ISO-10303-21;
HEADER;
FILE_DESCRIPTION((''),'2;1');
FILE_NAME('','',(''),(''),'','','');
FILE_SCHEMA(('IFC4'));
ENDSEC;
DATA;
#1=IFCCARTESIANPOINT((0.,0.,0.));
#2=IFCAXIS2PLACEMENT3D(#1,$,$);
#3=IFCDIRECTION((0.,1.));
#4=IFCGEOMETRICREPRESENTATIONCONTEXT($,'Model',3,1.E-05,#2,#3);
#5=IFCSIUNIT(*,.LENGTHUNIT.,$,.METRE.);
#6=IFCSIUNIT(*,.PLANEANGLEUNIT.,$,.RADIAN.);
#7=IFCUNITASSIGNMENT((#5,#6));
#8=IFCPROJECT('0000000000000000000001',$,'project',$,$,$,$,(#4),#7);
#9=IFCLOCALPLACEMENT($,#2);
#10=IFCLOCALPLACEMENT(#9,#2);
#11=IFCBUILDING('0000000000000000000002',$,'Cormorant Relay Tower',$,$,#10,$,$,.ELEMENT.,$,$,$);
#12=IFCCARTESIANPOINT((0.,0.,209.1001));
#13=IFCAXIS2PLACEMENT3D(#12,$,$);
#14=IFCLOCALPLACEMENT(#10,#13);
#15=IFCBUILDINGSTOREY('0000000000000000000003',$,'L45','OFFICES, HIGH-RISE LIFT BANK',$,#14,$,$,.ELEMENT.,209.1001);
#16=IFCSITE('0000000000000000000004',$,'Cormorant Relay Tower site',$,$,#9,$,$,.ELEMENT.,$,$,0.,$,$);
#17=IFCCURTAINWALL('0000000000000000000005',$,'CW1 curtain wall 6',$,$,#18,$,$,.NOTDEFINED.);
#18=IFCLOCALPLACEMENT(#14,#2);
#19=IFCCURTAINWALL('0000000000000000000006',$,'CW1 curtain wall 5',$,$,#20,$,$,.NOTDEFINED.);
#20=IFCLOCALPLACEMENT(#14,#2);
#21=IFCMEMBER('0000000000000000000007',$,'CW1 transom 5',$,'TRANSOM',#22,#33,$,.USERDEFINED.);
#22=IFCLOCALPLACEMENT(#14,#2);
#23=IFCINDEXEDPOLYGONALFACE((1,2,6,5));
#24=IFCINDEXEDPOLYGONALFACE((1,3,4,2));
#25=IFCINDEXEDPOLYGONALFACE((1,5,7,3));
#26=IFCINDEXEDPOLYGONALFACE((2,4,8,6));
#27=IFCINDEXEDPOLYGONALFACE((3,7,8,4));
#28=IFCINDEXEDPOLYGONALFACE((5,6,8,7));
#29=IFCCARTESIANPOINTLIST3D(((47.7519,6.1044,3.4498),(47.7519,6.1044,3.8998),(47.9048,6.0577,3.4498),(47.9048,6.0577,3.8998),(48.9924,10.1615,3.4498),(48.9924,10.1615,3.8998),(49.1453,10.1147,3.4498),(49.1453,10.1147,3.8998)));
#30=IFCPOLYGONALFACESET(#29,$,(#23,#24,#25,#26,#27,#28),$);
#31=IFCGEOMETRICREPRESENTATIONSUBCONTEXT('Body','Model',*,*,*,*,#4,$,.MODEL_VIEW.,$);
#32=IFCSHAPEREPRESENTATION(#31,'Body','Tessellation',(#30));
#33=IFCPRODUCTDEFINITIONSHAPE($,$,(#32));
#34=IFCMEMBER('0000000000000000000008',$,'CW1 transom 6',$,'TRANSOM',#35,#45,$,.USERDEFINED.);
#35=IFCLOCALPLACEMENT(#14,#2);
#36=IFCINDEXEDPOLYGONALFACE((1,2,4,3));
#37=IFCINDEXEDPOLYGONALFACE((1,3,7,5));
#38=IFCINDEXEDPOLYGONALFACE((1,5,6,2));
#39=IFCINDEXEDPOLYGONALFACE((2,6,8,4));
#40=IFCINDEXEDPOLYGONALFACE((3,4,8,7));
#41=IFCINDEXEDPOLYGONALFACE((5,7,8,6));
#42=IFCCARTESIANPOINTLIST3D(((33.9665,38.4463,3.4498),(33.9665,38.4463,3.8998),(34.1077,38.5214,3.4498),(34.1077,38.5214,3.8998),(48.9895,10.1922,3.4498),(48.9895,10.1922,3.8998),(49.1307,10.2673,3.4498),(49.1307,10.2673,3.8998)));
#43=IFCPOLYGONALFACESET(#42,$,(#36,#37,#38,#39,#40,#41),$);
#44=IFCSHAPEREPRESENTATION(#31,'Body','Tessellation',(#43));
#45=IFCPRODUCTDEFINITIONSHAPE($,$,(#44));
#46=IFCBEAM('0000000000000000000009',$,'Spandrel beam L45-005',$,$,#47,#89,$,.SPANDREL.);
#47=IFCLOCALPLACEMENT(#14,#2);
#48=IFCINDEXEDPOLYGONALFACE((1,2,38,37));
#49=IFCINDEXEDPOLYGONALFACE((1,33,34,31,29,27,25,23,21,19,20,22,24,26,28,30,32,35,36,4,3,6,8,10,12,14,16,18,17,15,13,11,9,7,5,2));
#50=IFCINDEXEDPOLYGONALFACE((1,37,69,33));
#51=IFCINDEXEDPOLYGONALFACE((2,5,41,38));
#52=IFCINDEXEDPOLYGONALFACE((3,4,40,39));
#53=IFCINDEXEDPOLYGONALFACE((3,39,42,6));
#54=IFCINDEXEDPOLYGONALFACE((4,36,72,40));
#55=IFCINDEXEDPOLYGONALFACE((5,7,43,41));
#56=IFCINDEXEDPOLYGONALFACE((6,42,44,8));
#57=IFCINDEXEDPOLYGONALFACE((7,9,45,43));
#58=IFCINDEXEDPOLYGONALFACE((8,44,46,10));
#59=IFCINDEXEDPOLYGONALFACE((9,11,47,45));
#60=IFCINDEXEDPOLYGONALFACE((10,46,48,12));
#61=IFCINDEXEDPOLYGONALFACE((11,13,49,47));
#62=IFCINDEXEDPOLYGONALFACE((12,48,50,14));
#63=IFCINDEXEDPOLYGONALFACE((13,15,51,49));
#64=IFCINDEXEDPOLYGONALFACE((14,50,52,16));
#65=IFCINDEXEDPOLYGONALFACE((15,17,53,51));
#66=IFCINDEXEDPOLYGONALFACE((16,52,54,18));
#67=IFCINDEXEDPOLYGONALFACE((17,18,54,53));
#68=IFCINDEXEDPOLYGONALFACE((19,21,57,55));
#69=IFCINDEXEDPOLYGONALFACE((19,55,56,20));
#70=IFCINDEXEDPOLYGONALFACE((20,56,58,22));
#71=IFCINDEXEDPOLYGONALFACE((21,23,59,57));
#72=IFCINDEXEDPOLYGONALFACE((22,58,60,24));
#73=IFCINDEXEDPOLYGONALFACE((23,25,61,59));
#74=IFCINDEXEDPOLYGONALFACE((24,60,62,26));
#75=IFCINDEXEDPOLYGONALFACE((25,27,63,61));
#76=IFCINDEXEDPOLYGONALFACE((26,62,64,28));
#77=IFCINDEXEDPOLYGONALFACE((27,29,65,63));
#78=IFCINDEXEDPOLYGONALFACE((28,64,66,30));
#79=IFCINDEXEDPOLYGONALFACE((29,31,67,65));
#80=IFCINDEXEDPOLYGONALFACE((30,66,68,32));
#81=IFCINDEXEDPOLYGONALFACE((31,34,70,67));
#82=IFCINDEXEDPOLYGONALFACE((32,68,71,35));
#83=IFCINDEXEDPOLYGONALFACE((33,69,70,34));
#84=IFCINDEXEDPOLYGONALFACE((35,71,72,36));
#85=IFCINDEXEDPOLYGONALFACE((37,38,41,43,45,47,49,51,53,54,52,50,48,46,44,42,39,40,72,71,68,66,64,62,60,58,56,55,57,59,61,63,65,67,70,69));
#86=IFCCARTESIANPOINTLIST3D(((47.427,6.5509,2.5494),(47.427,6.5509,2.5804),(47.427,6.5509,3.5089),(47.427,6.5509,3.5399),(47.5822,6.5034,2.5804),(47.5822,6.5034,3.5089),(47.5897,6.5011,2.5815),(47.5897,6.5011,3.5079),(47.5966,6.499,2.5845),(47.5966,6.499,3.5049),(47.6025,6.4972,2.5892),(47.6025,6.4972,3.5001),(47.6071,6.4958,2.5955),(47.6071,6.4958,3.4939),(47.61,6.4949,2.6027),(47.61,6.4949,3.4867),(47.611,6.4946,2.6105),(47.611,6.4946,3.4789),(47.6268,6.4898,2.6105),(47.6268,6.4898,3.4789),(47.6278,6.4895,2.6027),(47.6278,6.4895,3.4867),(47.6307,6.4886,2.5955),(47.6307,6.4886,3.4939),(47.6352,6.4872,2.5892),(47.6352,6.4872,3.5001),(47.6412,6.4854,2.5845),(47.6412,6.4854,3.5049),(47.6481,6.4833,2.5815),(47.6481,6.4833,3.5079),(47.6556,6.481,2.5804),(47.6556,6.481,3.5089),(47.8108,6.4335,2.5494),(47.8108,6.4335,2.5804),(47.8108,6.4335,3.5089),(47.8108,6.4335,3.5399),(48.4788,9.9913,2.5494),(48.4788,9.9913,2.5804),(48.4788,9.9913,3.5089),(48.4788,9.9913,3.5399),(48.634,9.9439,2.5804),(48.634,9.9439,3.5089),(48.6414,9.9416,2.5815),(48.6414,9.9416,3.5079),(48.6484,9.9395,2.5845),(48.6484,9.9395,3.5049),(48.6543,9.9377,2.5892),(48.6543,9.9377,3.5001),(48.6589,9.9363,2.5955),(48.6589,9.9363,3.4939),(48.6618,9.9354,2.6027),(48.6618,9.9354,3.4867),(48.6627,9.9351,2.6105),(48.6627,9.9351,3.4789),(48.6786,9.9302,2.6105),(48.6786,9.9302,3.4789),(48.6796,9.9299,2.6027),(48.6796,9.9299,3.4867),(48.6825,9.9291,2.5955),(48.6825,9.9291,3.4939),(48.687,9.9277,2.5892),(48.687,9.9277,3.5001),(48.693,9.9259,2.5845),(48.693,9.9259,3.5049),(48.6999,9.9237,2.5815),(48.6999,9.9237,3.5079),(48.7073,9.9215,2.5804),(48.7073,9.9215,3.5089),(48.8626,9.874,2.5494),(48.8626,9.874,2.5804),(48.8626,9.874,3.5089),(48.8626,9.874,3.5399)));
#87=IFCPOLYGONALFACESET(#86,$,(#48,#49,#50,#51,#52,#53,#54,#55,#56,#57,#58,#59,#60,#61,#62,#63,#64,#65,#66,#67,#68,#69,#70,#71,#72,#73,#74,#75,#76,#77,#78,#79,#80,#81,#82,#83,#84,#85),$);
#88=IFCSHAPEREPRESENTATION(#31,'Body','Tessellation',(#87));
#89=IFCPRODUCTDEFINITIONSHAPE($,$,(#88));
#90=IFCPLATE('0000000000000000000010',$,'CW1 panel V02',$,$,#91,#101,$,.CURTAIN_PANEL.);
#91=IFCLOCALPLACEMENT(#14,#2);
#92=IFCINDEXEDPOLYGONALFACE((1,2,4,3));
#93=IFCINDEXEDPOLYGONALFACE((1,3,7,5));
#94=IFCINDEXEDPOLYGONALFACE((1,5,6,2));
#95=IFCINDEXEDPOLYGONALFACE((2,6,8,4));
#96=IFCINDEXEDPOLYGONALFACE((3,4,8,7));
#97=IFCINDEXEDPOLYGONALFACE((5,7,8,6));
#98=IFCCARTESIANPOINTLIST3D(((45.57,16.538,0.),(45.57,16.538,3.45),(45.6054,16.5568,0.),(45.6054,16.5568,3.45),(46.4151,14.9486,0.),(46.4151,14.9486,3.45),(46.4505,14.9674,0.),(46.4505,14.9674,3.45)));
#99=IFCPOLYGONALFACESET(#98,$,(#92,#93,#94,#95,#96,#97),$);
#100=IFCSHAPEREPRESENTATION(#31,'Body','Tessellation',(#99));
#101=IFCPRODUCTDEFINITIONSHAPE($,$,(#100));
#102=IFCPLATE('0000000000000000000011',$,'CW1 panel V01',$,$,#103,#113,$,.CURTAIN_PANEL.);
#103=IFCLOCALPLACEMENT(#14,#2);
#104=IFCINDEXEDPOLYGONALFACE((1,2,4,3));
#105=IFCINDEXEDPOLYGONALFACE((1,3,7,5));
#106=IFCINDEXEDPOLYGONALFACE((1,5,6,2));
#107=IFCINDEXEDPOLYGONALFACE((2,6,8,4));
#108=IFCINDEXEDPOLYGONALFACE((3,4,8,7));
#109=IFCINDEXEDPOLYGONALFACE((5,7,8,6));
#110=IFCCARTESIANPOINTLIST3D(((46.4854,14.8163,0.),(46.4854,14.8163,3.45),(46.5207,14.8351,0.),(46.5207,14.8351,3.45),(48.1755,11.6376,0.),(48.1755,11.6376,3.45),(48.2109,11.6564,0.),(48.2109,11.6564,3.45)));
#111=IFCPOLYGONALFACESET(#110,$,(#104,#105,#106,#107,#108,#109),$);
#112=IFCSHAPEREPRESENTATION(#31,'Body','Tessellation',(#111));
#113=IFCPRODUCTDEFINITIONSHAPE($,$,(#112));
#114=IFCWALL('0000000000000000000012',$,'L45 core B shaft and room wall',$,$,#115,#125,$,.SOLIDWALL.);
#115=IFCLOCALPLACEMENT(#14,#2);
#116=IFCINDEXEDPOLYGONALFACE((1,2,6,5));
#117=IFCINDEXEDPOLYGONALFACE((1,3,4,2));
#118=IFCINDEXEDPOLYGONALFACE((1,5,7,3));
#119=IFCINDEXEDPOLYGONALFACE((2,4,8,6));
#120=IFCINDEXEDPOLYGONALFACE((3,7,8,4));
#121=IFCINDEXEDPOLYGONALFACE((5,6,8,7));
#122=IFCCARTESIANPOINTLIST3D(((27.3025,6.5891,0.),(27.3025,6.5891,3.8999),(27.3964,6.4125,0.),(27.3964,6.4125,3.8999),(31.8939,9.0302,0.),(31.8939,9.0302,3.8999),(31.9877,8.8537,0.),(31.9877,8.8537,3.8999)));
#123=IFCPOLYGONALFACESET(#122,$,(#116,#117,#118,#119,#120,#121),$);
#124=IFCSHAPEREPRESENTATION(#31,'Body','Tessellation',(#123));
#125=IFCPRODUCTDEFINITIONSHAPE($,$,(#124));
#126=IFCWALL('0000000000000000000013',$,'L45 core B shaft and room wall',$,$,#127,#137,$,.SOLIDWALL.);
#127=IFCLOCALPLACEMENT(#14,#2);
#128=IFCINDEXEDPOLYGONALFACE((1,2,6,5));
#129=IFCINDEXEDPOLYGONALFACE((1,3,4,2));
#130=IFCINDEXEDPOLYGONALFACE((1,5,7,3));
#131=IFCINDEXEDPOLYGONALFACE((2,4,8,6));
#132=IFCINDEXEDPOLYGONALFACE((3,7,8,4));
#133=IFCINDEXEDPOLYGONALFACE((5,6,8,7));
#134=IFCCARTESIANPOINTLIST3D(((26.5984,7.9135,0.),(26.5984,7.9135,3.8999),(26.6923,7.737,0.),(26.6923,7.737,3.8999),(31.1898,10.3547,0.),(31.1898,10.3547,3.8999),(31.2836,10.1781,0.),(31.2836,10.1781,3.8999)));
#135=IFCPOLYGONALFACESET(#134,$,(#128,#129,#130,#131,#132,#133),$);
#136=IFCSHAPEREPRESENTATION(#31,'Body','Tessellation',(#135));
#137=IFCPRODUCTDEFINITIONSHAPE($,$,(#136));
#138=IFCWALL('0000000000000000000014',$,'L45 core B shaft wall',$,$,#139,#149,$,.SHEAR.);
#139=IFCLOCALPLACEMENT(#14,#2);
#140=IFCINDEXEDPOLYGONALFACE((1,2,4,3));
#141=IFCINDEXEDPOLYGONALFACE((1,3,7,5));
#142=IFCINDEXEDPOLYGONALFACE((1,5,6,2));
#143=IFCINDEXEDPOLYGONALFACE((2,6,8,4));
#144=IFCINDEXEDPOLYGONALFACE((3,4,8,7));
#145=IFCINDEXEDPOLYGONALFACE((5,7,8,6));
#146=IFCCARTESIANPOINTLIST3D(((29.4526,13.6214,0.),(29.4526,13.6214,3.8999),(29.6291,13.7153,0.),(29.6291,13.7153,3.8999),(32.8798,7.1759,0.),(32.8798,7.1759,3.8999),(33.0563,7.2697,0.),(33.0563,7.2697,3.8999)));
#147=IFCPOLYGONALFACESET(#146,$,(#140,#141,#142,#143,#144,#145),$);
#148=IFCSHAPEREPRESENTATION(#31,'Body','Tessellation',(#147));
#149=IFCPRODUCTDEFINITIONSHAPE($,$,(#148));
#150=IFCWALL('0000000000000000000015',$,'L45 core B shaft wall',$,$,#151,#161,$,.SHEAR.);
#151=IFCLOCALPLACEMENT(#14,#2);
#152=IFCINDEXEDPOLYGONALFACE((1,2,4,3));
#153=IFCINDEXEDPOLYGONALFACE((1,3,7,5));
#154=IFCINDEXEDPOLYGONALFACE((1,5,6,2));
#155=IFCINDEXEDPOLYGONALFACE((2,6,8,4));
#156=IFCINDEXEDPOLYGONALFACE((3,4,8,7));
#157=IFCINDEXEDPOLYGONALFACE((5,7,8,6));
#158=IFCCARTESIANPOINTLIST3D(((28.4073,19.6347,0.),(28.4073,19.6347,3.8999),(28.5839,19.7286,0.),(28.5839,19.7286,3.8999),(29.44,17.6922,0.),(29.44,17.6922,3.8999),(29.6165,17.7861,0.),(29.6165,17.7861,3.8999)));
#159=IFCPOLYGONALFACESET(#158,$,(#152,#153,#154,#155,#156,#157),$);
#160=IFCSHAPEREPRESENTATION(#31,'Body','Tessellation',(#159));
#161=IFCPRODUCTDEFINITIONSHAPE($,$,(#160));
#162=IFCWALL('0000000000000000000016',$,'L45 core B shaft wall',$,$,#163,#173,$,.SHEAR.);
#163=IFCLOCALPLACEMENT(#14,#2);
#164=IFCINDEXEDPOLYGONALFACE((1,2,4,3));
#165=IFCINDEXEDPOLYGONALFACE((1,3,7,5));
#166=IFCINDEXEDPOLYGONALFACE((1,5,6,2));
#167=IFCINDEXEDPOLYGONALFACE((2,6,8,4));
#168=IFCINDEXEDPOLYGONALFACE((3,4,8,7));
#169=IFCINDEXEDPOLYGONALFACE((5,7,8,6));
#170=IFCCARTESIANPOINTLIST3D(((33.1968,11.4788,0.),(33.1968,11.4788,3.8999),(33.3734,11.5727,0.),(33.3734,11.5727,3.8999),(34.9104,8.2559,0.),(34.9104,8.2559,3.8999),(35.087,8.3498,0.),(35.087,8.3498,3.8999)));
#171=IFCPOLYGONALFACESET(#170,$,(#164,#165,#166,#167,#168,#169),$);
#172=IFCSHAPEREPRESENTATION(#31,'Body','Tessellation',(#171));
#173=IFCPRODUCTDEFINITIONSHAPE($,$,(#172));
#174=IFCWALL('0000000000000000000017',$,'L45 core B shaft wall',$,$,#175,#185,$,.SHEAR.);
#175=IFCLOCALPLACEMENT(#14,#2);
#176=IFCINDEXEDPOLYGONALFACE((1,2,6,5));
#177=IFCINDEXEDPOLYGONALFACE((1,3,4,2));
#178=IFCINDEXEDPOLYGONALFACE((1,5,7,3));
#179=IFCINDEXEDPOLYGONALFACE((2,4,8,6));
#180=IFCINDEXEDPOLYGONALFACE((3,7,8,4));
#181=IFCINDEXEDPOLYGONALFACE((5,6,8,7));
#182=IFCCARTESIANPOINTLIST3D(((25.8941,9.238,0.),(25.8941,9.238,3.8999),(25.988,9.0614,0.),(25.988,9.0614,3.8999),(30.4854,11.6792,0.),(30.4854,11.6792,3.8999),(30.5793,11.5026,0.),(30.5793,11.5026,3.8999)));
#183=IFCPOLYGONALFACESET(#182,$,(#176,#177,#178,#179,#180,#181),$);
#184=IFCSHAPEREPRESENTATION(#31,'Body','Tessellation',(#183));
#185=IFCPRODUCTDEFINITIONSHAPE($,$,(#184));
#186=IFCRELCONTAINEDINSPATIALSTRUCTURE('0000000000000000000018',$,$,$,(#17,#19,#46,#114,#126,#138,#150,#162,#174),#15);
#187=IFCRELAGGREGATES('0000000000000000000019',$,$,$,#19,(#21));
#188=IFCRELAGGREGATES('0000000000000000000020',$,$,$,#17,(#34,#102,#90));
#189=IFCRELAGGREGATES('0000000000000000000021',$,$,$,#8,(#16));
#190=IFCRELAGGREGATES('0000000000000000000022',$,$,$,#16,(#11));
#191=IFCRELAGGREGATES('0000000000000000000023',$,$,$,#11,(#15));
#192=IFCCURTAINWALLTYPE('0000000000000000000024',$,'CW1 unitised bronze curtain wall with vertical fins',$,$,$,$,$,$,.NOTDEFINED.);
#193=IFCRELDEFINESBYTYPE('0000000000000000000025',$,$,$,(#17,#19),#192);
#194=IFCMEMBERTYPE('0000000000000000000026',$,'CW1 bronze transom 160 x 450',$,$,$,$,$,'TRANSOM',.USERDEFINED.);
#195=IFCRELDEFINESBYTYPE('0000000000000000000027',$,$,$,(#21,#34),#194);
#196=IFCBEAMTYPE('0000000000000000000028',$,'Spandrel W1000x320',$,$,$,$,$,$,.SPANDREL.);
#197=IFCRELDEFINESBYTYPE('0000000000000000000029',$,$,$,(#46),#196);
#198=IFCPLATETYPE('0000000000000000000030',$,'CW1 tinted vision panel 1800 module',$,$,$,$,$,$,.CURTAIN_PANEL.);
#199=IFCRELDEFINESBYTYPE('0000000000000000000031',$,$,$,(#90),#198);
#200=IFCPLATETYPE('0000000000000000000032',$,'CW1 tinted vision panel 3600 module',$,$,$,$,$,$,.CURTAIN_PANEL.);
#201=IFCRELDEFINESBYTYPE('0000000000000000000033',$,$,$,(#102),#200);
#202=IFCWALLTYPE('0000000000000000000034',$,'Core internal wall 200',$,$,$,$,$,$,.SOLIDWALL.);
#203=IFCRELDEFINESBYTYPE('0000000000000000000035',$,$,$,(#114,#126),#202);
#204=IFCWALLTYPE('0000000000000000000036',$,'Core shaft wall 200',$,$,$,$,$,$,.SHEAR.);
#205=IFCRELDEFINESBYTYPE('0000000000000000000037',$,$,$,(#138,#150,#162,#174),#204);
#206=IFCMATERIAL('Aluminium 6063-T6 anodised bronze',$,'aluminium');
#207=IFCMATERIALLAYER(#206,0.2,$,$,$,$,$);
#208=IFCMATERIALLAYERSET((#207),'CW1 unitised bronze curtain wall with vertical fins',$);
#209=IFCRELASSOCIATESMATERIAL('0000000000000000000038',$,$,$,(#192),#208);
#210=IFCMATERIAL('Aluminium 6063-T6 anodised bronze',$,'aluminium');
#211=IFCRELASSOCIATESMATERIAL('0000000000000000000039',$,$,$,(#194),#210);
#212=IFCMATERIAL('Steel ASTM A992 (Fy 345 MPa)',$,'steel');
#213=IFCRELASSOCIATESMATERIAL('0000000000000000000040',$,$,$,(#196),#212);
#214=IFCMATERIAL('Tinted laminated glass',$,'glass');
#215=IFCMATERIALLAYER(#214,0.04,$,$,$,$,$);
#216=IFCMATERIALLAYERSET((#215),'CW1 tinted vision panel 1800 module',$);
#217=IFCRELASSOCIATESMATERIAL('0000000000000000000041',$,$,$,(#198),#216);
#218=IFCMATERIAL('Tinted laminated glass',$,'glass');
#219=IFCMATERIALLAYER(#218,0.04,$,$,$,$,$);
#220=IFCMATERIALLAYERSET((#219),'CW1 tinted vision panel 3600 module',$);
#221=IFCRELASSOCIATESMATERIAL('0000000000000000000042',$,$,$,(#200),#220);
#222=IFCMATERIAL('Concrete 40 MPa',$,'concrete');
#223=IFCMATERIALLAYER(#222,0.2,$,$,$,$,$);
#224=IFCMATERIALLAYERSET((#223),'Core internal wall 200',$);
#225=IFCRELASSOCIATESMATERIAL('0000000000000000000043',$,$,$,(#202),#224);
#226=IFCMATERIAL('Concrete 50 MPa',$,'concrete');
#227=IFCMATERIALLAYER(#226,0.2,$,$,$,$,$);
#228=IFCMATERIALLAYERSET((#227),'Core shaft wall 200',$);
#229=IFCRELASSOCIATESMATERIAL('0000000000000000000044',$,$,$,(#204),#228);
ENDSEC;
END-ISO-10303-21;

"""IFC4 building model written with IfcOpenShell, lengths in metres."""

from ifc_helpers import new_model, si_unit, direction, frame, frame_2d, origin, origin_2d, place, context, subcontext, project, spatial, rectangle, i_section, extrude, material, layer, layer_set, material_profile, profile_set, type_object, element, aggregate, save


model = new_model("IFC4")

# Units and contexts
model_context = context("Model", 3, precision=1e-05, world=origin(), true_north=direction((0.0, 1.0)))
body_context = subcontext(model_context, "Body", "Model", "MODEL_VIEW")
ifc_project = project(units=[si_unit("LENGTHUNIT", "METRE"), si_unit("PLANEANGLEUNIT", "RADIAN")], contexts=[model_context])

# Site, building, storey
site_placement = place(None, origin())
site = spatial("IfcSite", under=ifc_project, at=site_placement, Name="Cormorant Relay Tower site", CompositionType="ELEMENT", RefElevation=0.0)
building_placement = place(site_placement, origin())
building = spatial("IfcBuilding", under=site, at=building_placement, Name="Cormorant Relay Tower", CompositionType="ELEMENT")
storey_placement = place(building_placement, frame((0.0, 0.0, 209.1001)))
storey = spatial("IfcBuildingStorey", under=building, at=storey_placement, Name="L45", Description="OFFICES, HIGH-RISE LIFT BANK", CompositionType="ELEMENT", Elevation=209.1001)

# Curtain wall
ifc_material_1 = material(Name="Aluminium 6063-T6 anodised bronze", Category="aluminium")
ifc_layer_1 = layer(ifc_material_1, 0.2)
ifc_layer_set_1 = layer_set([ifc_layer_1], Name="CW1 unitised bronze curtain wall with vertical fins")
curtain_wall_type = type_object("IfcCurtainWallType", Name="CW1 unitised bronze curtain wall with vertical fins", PredefinedType="NOTDEFINED", material=ifc_layer_set_1)
curtain_wall_1_placement = place(storey_placement, origin())
curtain_wall_1 = element("IfcCurtainWall", 1, at=curtain_wall_1_placement, inside=storey, type_object=curtain_wall_type, Name="CW1 curtain wall 6", PredefinedType="NOTDEFINED")

# Curtain wall, member
curtain_wall_2_placement = place(storey_placement, origin())
curtain_wall_2 = element("IfcCurtainWall", 2, at=curtain_wall_2_placement, inside=storey, type_object=curtain_wall_type, Name="CW1 curtain wall 5", PredefinedType="NOTDEFINED")
ifc_material_2 = material(Name="Aluminium 6063-T6 anodised bronze", Category="aluminium")
ifc_material_profile_1 = material_profile(ifc_material_2, rectangle(XDim=0.1599, YDim=0.45, at=origin_2d()), Name="AL 160x450")
ifc_profile_set_1 = profile_set([ifc_material_profile_1], Name="Aluminium 6063-T6 anodised bronze")
member_type_1 = type_object("IfcMemberType", Name="CW1 bronze transom 160 x 450", ElementType="TRANSOM", PredefinedType="USERDEFINED", material=ifc_profile_set_1)
member_1_placement = place(storey_placement, frame((47.8284, 6.0811, 3.6748), z_axis=(0.292391, 0.956299, 0.0), x_axis=(-0.956299, 0.292391, 0.0)))
member_1 = element("IfcMember", 3, at=member_1_placement, type_object=member_type_1, Name="CW1 transom 5", ObjectType="TRANSOM", PredefinedType="USERDEFINED", context=body_context, shape_type="SweptSolid", body=[
    extrude(rectangle(XDim=0.1599, YDim=0.45, at=origin_2d()), origin(), (0.0, 0.0, 1.0), 4.2424),
])

# Member
member_2_placement = place(storey_placement, frame((49.0601, 10.2297, 3.6748), z_axis=(-0.46947, 0.882948, 0.0), x_axis=(-0.882948, -0.46947, 0.0)))
member_2 = element("IfcMember", 4, at=member_2_placement, type_object=member_type_1, Name="CW1 transom 6", ObjectType="TRANSOM", PredefinedType="USERDEFINED", context=body_context, shape_type="SweptSolid", body=[
    extrude(rectangle(XDim=0.1599, YDim=0.45, at=origin_2d()), origin(), (0.0, 0.0, 1.0), 31.9998),
])

# Beam
ifc_material_3 = material(Name="Steel ASTM A992 (Fy 345 MPa)", Category="steel")
ifc_material_profile_2 = material_profile(ifc_material_3, i_section(OverallWidth=0.4014, OverallDepth=0.9905, WebThickness=0.0166, FlangeThickness=0.031, FilletRadius=0.03, at=origin_2d()), Name="W1000x320")
ifc_profile_set_2 = profile_set([ifc_material_profile_2], Name="Steel ASTM A992 (Fy 345 MPa)")
beam_type = type_object("IfcBeamType", Name="Spandrel W1000x320", PredefinedType="SPANDREL", material=ifc_profile_set_2)
beam_placement = place(storey_placement, frame((47.6189, 6.4922, 3.0447), z_axis=(0.29235, 0.956312, 0.0), x_axis=(-0.956312, 0.29235, 0.0)))
element("IfcBeam", 5, at=beam_placement, inside=storey, type_object=beam_type, Name="Spandrel beam L45-005", PredefinedType="SPANDREL", context=body_context, shape_type="SweptSolid", body=[
    extrude(i_section(OverallWidth=0.4014, OverallDepth=0.9905, WebThickness=0.0166, FlangeThickness=0.031, FilletRadius=0.03, at=origin_2d()), origin(), (0.0, 0.0, 1.0), 3.5977),
])

# Plates
ifc_material_4 = material(Name="Tinted laminated glass", Category="glass")
ifc_layer_2 = layer(ifc_material_4, 0.04)
ifc_layer_set_2 = layer_set([ifc_layer_2], Name="CW1 tinted vision panel 1800 module")
plate_type_1 = type_object("IfcPlateType", Name="CW1 tinted vision panel 1800 module", PredefinedType="CURTAIN_PANEL", material=ifc_layer_set_2)
plate_1_placement = place(storey_placement, frame((46.0103, 15.7527, 0.0), z_axis=(0.0, 0.0, 1.0), x_axis=(-0.469472, 0.882948, 0.0)))
plate_1 = element("IfcPlate", 6, at=plate_1_placement, type_object=plate_type_1, Name="CW1 panel V02", PredefinedType="CURTAIN_PANEL", context=body_context, shape_type="SweptSolid", body=[
    extrude(rectangle(XDim=1.8, YDim=0.04, at=origin_2d()), origin(), (0.0, 0.0, 1.0), 3.45),
])
ifc_material_5 = material(Name="Tinted laminated glass", Category="glass")
ifc_layer_3 = layer(ifc_material_5, 0.04)
ifc_layer_set_3 = layer_set([ifc_layer_3], Name="CW1 tinted vision panel 3600 module")
plate_type_2 = type_object("IfcPlateType", Name="CW1 tinted vision panel 3600 module", PredefinedType="CURTAIN_PANEL", material=ifc_layer_set_3)
plate_2_placement = place(storey_placement, frame((47.3481, 13.2363, 0.0), z_axis=(0.0, 0.0, 1.0), x_axis=(-0.469472, 0.882948, 0.0)))
plate_2 = element("IfcPlate", 7, at=plate_2_placement, type_object=plate_type_2, Name="CW1 panel V01", PredefinedType="CURTAIN_PANEL", context=body_context, shape_type="SweptSolid", body=[
    extrude(rectangle(XDim=3.6001, YDim=0.04, at=origin_2d()), origin(), (0.0, 0.0, 1.0), 3.45),
])

# Walls
ifc_material_6 = material(Name="Concrete 40 MPa", Category="concrete")
ifc_layer_4 = layer(ifc_material_6, 0.2)
ifc_layer_set_4 = layer_set([ifc_layer_4], Name="Core internal wall 200")
wall_type_1 = type_object("IfcWallType", Name="Core internal wall 200", PredefinedType="SOLIDWALL", material=ifc_layer_set_4)
for number, where, z_axis, x_axis, name in (
    (8, (27.3494, 6.5007, 0.0), (0.0, 0.0, 1.0), (0.882954, 0.46946, 0.0), "L45 core B shaft and room wall"),
    (9, (26.6453, 7.8252, 0.0), (0.0, 0.0, 1.0), (0.882954, 0.46946, 0.0), "L45 core B shaft and room wall"),
):
    element("IfcWall", number, at=place(storey_placement, frame(where, z_axis=z_axis, x_axis=x_axis)), inside=storey, type_object=wall_type_1, Name=name, PredefinedType="SOLIDWALL", context=body_context, shape_type="SweptSolid", body=[
        extrude(rectangle(XDim=5.2, YDim=0.2, at=frame_2d((2.6001, 0.0))), origin(), (0.0, 0.0, 1.0), 3.8999),
    ])
ifc_material_7 = material(Name="Concrete 50 MPa", Category="concrete")
ifc_layer_5 = layer(ifc_material_7, 0.2)
ifc_layer_set_5 = layer_set([ifc_layer_5], Name="Core shaft wall 200")
wall_type_2 = type_object("IfcWallType", Name="Core shaft wall 200", PredefinedType="SHEAR", material=ifc_layer_set_5)
wall_1_placement = place(storey_placement, frame((32.968, 7.2229, 0.0), z_axis=(0.0, 0.0, 1.0), x_axis=(-0.46948, 0.882943, 0.0)))
element("IfcWall", 10, at=wall_1_placement, inside=storey, type_object=wall_type_2, Name="L45 core B shaft wall", PredefinedType="SHEAR", context=body_context, shape_type="SweptSolid", body=[
    extrude(rectangle(XDim=7.3, YDim=0.2, at=frame_2d((3.6499, 0.0))), origin(), (0.0, 0.0, 1.0), 3.8999),
])
wall_2_placement = place(storey_placement, frame((29.5283, 17.739, 0.0), z_axis=(0.0, 0.0, 1.0), x_axis=(-0.469401, 0.882985, 0.0)))
element("IfcWall", 11, at=wall_2_placement, inside=storey, type_object=wall_type_2, Name="L45 core B shaft wall", PredefinedType="SHEAR", context=body_context, shape_type="SweptSolid", body=[
    extrude(rectangle(XDim=2.2, YDim=0.2, at=frame_2d((1.1001, 0.0))), origin(), (0.0, 0.0, 1.0), 3.8999),
])
wall_3_placement = place(storey_placement, frame((34.9988, 8.3027, 0.0), z_axis=(0.0, 0.0, 1.0), x_axis=(-0.469467, 0.88295, 0.0)))
element("IfcWall", 12, at=wall_3_placement, inside=storey, type_object=wall_type_2, Name="L45 core B shaft wall", PredefinedType="SHEAR", context=body_context, shape_type="SweptSolid", body=[
    extrude(rectangle(XDim=3.6501, YDim=0.2, at=frame_2d((1.8252, 0.0))), origin(), (0.0, 0.0, 1.0), 3.8999),
])

# Wall
wall_4_placement = place(storey_placement, frame((25.9409, 9.1497, 0.0), z_axis=(0.0, 0.0, 1.0), x_axis=(0.882954, 0.46946, 0.0)))
element("IfcWall", 13, at=wall_4_placement, inside=storey, type_object=wall_type_2, Name="L45 core B shaft wall", PredefinedType="SHEAR", context=body_context, shape_type="SweptSolid", body=[
    extrude(rectangle(XDim=5.2, YDim=0.2, at=frame_2d((2.6001, 0.0))), origin(), (0.0, 0.0, 1.0), 3.8999),
])

aggregate(curtain_wall_2, [member_1])
aggregate(curtain_wall_1, [member_2, plate_2, plate_1])

save(model, "model.ifc")
